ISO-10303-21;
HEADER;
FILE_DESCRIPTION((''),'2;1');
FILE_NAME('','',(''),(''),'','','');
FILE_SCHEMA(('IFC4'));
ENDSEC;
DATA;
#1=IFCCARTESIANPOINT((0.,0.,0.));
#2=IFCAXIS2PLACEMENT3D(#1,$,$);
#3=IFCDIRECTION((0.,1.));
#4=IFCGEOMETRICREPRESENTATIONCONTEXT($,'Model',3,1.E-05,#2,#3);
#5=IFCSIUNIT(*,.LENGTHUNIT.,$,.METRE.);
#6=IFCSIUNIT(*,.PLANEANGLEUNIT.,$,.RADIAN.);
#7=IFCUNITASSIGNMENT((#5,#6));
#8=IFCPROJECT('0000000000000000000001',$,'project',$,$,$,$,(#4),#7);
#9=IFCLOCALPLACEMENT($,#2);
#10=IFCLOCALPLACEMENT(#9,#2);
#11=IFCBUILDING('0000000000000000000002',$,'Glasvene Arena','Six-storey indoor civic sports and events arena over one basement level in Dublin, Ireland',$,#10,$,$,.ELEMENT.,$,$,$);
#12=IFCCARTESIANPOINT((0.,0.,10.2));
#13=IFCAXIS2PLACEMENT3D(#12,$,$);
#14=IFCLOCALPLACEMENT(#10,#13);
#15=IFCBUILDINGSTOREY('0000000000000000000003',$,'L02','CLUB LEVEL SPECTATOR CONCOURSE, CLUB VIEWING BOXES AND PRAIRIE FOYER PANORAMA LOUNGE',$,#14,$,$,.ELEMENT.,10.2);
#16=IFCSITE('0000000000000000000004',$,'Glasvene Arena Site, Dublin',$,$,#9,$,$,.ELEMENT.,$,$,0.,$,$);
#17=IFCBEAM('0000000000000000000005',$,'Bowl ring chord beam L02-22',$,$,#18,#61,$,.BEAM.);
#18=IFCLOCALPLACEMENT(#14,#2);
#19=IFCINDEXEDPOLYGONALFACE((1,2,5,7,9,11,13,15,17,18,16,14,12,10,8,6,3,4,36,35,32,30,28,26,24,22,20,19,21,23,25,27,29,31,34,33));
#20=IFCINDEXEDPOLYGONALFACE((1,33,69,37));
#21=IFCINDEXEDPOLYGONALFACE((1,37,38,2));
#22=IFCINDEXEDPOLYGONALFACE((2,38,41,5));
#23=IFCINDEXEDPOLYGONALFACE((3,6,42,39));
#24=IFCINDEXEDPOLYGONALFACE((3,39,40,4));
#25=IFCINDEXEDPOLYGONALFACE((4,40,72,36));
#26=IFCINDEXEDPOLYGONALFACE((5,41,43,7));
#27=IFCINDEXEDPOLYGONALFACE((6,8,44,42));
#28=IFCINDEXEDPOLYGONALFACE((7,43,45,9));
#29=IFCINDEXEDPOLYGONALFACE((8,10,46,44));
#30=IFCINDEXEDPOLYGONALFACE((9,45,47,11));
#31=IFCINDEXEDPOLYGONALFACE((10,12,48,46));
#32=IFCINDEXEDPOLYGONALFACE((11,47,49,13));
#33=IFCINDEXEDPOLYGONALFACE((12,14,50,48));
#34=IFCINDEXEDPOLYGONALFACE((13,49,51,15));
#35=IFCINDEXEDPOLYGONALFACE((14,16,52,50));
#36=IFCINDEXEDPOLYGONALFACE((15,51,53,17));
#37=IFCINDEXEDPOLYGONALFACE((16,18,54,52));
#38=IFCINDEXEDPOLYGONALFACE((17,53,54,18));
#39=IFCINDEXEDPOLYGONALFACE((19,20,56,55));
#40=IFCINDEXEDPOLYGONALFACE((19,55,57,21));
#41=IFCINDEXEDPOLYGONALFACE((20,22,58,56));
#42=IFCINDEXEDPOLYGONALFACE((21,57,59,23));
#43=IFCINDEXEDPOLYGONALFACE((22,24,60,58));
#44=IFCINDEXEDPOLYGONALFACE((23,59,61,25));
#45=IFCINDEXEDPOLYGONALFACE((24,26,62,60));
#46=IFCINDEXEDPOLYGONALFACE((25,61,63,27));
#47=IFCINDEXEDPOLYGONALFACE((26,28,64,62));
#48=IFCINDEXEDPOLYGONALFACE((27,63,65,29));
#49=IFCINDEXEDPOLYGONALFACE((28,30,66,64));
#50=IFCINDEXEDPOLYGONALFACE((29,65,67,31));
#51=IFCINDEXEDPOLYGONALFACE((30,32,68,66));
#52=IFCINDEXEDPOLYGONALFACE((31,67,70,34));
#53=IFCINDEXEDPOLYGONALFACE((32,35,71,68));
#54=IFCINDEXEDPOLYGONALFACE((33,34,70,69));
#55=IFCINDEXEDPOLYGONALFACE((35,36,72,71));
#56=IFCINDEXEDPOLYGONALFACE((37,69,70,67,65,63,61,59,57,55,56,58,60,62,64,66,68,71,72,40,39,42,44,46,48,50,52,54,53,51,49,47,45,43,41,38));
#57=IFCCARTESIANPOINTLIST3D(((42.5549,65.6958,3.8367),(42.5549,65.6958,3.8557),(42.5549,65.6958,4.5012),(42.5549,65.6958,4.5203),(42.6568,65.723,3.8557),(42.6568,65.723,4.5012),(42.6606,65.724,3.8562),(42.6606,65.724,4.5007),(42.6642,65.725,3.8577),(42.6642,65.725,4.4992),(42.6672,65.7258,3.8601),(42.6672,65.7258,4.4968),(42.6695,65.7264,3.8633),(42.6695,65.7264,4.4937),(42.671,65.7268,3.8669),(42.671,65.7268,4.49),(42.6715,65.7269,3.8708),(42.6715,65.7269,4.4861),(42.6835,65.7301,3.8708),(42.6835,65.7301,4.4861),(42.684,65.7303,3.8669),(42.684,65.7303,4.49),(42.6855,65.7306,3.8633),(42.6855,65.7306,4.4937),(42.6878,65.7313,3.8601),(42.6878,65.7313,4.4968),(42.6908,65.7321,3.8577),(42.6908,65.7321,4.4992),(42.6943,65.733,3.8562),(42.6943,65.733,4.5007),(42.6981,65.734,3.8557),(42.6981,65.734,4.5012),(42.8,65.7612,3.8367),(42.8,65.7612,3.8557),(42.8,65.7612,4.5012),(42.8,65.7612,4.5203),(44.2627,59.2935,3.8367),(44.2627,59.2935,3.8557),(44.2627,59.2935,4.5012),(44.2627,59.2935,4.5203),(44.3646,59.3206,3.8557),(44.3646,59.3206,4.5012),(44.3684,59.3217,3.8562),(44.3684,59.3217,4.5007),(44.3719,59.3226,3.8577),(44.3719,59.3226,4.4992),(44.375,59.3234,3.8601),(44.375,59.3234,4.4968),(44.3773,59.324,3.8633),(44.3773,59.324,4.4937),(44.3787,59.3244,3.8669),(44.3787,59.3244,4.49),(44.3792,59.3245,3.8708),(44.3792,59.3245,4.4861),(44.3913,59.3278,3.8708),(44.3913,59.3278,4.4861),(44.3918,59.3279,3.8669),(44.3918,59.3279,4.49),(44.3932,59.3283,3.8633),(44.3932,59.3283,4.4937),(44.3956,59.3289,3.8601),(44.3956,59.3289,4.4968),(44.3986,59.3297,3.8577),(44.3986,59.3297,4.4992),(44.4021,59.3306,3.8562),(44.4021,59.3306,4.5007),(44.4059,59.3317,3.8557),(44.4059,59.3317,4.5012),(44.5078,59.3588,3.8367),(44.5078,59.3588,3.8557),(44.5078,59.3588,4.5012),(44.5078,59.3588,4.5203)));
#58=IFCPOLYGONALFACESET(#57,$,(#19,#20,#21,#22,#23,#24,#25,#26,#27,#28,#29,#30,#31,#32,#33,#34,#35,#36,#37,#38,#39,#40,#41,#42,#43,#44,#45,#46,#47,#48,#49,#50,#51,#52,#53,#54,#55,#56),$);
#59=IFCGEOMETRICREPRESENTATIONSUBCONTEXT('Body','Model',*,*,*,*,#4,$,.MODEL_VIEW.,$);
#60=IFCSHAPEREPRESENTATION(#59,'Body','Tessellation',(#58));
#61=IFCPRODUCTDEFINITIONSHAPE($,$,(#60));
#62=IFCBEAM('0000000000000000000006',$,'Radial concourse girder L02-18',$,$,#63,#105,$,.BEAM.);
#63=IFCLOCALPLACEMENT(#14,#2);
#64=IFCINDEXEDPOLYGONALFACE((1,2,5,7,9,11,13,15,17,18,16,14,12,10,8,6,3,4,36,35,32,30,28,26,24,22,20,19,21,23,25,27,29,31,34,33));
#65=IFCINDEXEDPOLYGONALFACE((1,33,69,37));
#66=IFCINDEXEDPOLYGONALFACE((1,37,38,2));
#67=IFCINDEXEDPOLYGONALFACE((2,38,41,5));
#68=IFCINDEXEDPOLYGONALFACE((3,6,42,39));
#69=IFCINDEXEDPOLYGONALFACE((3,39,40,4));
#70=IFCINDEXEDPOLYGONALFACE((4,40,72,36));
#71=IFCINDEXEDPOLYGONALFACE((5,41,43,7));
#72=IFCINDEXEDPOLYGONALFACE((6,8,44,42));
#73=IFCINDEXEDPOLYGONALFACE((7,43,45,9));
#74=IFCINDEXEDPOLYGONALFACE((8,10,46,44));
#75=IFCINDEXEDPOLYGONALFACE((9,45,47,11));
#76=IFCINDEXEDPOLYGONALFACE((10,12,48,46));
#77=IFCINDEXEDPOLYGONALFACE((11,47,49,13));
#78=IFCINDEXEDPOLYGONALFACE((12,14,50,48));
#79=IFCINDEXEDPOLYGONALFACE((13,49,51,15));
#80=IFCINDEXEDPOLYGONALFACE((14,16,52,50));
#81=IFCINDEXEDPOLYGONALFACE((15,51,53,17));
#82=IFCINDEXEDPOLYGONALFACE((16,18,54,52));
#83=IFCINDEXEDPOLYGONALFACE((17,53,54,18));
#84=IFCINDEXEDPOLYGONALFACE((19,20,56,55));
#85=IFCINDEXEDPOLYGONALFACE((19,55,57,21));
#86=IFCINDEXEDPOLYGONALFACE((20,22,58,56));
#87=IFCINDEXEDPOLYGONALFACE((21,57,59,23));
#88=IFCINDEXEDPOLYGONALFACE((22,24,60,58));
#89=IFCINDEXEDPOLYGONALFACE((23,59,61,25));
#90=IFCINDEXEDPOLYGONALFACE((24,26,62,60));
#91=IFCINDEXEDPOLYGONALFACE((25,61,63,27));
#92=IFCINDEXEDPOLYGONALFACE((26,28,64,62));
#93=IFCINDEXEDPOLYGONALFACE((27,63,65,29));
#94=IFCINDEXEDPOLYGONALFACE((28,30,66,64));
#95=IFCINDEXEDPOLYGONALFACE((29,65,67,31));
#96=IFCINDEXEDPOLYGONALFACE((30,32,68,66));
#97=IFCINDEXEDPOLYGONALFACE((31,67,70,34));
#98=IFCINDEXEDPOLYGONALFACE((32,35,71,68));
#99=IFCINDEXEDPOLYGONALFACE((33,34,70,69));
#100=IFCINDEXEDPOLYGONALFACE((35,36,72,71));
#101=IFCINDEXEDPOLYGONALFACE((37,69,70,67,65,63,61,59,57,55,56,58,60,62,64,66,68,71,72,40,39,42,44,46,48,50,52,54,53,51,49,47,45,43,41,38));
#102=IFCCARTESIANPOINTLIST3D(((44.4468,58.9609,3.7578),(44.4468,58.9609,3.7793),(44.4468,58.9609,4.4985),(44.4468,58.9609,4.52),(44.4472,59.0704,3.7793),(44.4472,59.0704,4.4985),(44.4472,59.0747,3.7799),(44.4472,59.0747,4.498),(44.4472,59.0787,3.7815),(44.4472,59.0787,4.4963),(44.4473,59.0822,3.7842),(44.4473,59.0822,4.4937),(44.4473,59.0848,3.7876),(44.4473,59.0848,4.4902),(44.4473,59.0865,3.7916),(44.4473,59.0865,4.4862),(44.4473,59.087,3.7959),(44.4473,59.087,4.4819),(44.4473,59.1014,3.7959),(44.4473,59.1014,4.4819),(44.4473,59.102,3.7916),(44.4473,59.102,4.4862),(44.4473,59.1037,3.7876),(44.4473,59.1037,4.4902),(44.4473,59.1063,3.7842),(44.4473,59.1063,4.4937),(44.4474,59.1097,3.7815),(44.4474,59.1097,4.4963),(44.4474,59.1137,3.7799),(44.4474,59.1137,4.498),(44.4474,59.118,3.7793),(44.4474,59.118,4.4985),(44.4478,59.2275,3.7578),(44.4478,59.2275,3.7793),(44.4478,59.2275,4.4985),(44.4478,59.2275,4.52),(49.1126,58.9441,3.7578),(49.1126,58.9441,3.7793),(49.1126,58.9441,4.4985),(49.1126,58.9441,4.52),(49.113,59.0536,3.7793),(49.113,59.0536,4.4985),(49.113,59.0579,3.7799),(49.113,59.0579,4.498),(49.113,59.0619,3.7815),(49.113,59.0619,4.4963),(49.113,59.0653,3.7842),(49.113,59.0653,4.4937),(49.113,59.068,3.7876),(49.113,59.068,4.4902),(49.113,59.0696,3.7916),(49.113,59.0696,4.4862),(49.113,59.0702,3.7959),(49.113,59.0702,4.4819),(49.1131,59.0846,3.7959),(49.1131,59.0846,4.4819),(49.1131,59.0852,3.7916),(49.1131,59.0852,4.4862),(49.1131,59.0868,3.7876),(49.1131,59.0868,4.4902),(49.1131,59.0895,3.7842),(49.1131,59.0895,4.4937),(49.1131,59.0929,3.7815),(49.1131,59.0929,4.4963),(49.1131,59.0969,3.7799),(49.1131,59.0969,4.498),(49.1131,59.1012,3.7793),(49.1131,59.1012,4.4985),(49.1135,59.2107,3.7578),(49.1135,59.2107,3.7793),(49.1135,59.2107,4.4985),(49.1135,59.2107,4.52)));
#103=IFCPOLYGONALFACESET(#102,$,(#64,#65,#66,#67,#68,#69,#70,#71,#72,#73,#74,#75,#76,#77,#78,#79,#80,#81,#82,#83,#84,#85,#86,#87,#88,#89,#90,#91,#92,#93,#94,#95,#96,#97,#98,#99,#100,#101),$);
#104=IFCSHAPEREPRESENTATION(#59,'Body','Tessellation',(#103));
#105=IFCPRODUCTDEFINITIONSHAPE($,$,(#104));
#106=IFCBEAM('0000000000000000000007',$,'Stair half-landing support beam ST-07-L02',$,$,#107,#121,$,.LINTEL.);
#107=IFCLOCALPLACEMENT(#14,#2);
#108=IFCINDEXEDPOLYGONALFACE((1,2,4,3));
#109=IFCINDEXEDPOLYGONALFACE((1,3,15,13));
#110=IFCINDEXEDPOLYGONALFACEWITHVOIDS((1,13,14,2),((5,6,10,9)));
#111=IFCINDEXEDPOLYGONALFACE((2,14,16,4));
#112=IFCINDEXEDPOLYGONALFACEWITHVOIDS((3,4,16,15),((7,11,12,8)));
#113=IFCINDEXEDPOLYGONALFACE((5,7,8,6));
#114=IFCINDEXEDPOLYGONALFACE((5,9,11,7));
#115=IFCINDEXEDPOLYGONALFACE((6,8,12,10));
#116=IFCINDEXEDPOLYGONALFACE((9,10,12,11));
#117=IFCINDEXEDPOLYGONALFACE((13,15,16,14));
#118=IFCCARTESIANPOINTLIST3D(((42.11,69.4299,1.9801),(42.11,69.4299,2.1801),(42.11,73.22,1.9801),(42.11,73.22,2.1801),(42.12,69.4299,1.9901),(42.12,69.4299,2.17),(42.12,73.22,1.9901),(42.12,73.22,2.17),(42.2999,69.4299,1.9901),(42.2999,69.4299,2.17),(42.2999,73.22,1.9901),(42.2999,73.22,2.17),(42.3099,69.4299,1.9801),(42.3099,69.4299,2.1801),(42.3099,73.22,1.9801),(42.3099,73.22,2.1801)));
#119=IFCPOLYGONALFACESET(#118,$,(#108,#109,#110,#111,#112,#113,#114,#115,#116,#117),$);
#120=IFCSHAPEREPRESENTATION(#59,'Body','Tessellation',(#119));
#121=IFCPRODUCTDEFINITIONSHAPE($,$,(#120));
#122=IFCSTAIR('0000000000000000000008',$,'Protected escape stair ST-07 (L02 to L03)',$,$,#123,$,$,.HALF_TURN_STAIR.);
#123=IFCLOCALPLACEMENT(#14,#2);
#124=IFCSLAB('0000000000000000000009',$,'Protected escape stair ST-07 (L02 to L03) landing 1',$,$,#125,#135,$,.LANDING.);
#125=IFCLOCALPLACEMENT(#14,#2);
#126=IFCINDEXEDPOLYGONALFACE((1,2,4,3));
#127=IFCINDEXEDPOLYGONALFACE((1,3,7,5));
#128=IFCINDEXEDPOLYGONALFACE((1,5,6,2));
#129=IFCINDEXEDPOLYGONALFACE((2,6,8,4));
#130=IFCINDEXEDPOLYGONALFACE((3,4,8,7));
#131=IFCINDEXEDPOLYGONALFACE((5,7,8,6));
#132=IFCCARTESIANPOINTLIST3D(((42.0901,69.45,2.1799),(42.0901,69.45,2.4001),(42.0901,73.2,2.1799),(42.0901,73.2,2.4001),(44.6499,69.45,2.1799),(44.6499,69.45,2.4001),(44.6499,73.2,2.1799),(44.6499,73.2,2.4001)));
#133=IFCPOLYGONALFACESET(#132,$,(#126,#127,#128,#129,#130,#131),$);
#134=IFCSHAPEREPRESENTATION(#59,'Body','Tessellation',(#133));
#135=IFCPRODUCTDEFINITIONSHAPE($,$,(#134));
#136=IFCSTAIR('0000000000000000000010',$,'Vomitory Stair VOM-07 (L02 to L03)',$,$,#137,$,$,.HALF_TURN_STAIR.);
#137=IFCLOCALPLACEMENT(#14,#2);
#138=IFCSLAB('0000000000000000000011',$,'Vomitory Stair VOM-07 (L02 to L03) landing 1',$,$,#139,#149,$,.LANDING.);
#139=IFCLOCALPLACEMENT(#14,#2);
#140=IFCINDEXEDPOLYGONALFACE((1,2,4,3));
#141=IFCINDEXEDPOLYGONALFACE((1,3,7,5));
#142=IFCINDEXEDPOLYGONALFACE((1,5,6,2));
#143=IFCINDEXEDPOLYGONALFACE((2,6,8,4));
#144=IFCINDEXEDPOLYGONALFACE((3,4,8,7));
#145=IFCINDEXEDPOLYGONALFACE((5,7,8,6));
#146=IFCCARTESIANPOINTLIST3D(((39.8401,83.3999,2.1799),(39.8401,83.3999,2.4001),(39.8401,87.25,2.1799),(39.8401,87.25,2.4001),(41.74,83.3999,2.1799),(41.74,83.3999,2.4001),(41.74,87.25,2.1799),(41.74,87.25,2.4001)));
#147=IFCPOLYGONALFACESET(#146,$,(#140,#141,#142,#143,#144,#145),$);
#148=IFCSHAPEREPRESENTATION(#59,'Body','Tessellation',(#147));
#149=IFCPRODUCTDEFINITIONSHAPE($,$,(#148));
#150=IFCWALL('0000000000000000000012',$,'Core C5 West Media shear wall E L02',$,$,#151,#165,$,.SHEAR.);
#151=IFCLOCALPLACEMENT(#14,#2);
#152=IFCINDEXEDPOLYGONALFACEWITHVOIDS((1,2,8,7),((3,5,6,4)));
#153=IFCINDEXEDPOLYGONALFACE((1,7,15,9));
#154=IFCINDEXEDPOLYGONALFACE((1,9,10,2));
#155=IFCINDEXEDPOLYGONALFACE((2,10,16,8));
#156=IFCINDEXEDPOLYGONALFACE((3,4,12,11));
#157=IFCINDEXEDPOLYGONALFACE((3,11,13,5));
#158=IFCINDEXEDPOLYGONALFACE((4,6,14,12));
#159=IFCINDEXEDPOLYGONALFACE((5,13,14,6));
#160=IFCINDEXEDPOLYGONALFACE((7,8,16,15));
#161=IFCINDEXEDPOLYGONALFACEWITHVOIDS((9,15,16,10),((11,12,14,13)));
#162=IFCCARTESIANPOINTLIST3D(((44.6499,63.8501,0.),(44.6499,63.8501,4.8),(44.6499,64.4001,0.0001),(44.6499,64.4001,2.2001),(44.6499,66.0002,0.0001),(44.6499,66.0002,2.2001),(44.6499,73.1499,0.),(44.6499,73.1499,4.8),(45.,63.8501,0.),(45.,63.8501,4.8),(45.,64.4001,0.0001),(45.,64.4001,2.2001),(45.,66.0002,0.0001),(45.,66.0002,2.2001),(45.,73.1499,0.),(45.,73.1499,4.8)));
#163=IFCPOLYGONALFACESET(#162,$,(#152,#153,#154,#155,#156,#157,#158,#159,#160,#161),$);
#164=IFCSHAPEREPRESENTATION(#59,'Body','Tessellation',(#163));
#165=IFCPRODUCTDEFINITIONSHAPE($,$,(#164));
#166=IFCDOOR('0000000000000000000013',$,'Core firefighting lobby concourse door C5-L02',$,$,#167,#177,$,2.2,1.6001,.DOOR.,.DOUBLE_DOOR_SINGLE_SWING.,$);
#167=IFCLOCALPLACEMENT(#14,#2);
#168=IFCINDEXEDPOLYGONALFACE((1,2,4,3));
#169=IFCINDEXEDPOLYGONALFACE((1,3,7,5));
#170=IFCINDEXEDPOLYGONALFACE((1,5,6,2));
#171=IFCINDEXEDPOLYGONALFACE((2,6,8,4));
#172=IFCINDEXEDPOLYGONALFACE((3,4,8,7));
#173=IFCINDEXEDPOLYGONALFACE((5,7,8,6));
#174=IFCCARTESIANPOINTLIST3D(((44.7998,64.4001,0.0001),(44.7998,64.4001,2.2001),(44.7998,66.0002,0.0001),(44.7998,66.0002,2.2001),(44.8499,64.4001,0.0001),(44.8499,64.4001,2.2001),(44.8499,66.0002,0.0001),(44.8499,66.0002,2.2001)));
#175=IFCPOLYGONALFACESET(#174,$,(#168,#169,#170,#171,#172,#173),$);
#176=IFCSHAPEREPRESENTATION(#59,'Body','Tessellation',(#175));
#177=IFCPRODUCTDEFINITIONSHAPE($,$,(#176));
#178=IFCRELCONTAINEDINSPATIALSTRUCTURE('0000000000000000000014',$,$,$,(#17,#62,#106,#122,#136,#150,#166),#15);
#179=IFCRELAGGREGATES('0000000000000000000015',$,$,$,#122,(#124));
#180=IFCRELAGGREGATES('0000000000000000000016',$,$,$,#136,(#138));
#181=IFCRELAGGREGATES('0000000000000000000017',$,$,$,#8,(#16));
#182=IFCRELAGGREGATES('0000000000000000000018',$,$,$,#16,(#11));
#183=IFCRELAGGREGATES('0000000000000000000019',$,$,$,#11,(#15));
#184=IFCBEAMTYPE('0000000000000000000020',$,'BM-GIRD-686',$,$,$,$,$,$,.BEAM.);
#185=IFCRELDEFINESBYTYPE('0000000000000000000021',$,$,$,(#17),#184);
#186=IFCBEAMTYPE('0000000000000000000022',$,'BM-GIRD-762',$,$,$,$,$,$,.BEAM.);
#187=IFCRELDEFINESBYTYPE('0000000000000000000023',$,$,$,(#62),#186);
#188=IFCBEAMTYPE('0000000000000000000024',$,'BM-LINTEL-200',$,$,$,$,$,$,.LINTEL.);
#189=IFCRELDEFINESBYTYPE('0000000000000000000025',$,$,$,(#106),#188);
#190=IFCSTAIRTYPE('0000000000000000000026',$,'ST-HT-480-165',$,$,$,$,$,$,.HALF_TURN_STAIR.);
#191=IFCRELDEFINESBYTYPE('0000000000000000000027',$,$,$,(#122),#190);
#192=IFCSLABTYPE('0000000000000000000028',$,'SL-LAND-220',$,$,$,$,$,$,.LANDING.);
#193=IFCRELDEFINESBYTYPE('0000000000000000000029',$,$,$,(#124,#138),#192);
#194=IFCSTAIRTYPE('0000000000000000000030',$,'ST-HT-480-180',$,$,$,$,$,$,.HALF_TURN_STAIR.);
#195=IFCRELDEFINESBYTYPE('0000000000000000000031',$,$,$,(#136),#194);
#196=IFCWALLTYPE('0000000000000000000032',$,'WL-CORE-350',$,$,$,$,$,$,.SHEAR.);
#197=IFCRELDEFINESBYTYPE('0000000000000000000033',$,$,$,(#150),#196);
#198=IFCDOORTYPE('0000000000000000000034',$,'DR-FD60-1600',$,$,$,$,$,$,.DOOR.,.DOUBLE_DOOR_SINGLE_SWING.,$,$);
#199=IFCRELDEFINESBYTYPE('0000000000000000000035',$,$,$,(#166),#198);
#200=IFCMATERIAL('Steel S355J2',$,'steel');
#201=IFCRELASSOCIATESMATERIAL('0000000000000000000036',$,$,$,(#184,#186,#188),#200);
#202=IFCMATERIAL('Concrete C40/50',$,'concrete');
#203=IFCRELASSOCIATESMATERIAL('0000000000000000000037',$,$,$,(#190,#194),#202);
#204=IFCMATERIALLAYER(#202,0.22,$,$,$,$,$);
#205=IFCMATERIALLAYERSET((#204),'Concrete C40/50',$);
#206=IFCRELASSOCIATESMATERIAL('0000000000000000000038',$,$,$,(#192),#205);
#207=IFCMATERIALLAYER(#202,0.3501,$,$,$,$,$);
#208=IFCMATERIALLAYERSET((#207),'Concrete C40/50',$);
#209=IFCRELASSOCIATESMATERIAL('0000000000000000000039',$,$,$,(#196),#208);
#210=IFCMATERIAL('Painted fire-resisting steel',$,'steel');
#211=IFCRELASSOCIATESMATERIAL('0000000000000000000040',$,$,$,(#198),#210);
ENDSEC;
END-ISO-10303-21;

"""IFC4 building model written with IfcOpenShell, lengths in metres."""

from ifc_helpers import new_model, si_unit, direction, frame, frame_2d, origin, origin_2d, place, context, subcontext, project, spatial, polyline, rectangle, hollow_rectangle, i_section, outline, extrude, material, layer, layer_set, material_profile, profile_set, type_object, element, fill, aggregate, save


model = new_model("IFC4")

# Units and contexts
model_context = context("Model", 3, precision=1e-05, world=origin(), true_north=direction((0.0, 1.0)))
body_context = subcontext(model_context, "Body", "Model", "MODEL_VIEW")
ifc_project = project(units=[si_unit("LENGTHUNIT", "METRE"), si_unit("PLANEANGLEUNIT", "RADIAN")], contexts=[model_context])

# Site, building, storey
site_placement = place(None, origin())
site = spatial("IfcSite", under=ifc_project, at=site_placement, Name="Glasvene Arena Site, Dublin", CompositionType="ELEMENT", RefElevation=0.0)
building_placement = place(site_placement, origin())
building = spatial("IfcBuilding", under=site, at=building_placement, Name="Glasvene Arena", Description="Six-storey indoor civic sports and events arena over one basement level in Dublin, Ireland", CompositionType="ELEMENT")
storey_placement = place(building_placement, frame((0.0, 0.0, 10.2)))
storey = spatial("IfcBuildingStorey", under=building, at=storey_placement, Name="L02", Description="CLUB LEVEL SPECTATOR CONCOURSE, CLUB VIEWING BOXES AND PRAIRIE FOYER PANORAMA LOUNGE", CompositionType="ELEMENT", Elevation=10.2)

# Shared definitions
ifc_material_1 = material(Name="Steel S355J2", Category="steel")

# Beams
ifc_material_profile_1 = material_profile(ifc_material_1, i_section(OverallWidth=0.2537, OverallDepth=0.6836, WebThickness=0.0125, FlangeThickness=0.019, FilletRadius=0.0151, at=origin_2d()), Name="UKB 686x254x140")
ifc_profile_set_1 = profile_set([ifc_material_profile_1], Name="Steel S355J2")
beam_type_1 = type_object("IfcBeamType", Name="BM-GIRD-686", PredefinedType="BEAM", material=ifc_profile_set_1)
beam_1_placement = place(storey_placement, frame((42.6775, 65.7285, 4.1785), z_axis=(0.257729, -0.966217, 0.0), x_axis=(0.966217, 0.257729, 0.0)))
element("IfcBeam", 1, at=beam_1_placement, inside=storey, type_object=beam_type_1, Name="Bowl ring chord beam L02-22", PredefinedType="BEAM", context=body_context, shape_type="SweptSolid", body=[
    extrude(i_section(OverallWidth=0.2537, OverallDepth=0.6836, WebThickness=0.0125, FlangeThickness=0.019, FilletRadius=0.0151, at=origin_2d()), origin(), (0.0, 0.0, 1.0), 6.6262),
])
ifc_material_profile_2 = material_profile(ifc_material_1, i_section(OverallWidth=0.2666, OverallDepth=0.7622, WebThickness=0.0144, FlangeThickness=0.0215, FilletRadius=0.0166, at=origin_2d()), Name="UKB 762x267x173")
ifc_profile_set_2 = profile_set([ifc_material_profile_2], Name="Steel S355J2")
beam_type_2 = type_object("IfcBeamType", Name="BM-GIRD-762", PredefinedType="BEAM", material=ifc_profile_set_2)
beam_2_placement = place(storey_placement, frame((49.113, 59.0774, 4.1389), z_axis=(-0.999993, 0.00361, 0.0), x_axis=(-0.00361, -0.999993, 0.0)))
element("IfcBeam", 2, at=beam_2_placement, inside=storey, type_object=beam_type_2, Name="Radial concourse girder L02-18", PredefinedType="BEAM", context=body_context, shape_type="SweptSolid", body=[
    extrude(i_section(OverallWidth=0.2666, OverallDepth=0.7622, WebThickness=0.0144, FlangeThickness=0.0215, FilletRadius=0.0166, at=origin_2d()), origin(), (0.0, 0.0, 1.0), 4.6658),
])
ifc_material_profile_3 = material_profile(ifc_material_1, hollow_rectangle(XDim=0.2, YDim=0.2, WallThickness=0.01, at=origin_2d()), Name="SHS 200x200x10.0")
ifc_profile_set_3 = profile_set([ifc_material_profile_3], Name="Steel S355J2")
beam_type_3 = type_object("IfcBeamType", Name="BM-LINTEL-200", PredefinedType="LINTEL", material=ifc_profile_set_3)
beam_3_placement = place(storey_placement, frame((42.21, 69.4299, 2.0801), z_axis=(0.0, 1.0, 0.0), x_axis=(-1.0, 0.0, 0.0)))
element("IfcBeam", 3, at=beam_3_placement, inside=storey, type_object=beam_type_3, Name="Stair half-landing support beam ST-07-L02", PredefinedType="LINTEL", context=body_context, shape_type="SweptSolid", body=[
    extrude(hollow_rectangle(XDim=0.2, YDim=0.2, WallThickness=0.01, at=origin_2d()), origin(), (0.0, 0.0, 1.0), 3.79),
])

# Shared definitions
ifc_material_2 = material(Name="Concrete C40/50", Category="concrete")

# Stairs, slabs
stair_type_1 = type_object("IfcStairType", Name="ST-HT-480-165", PredefinedType="HALF_TURN_STAIR", material=ifc_material_2)
stair_1_placement = place(storey_placement, origin())
stair_1 = element("IfcStair", 4, at=stair_1_placement, inside=storey, type_object=stair_type_1, Name="Protected escape stair ST-07 (L02 to L03)", PredefinedType="HALF_TURN_STAIR")
ifc_layer_1 = layer(ifc_material_2, 0.22)
ifc_layer_set_1 = layer_set([ifc_layer_1], Name="Concrete C40/50")
slab_type_1 = type_object("IfcSlabType", Name="SL-LAND-220", PredefinedType="LANDING", material=ifc_layer_set_1)
slab_1_placement = place(storey_placement, frame((43.3701, 71.325, 2.1799)))
slab_1 = element("IfcSlab", 5, at=slab_1_placement, type_object=slab_type_1, Name="Protected escape stair ST-07 (L02 to L03) landing 1", PredefinedType="LANDING", context=body_context, shape_type="SweptSolid", body=[
    extrude(outline(polyline([(-1.28, -1.875), (1.2798, -1.875), (1.2798, 1.875), (-1.28, 1.875), (-1.28, -1.875)])), origin(), (0.0, 0.0, 1.0), 0.2202),
])
stair_type_2 = type_object("IfcStairType", Name="ST-HT-480-180", PredefinedType="HALF_TURN_STAIR", material=ifc_material_2)
stair_2_placement = place(storey_placement, origin())
stair_2 = element("IfcStair", 6, at=stair_2_placement, inside=storey, type_object=stair_type_2, Name="Vomitory Stair VOM-07 (L02 to L03)", PredefinedType="HALF_TURN_STAIR")
slab_2_placement = place(storey_placement, frame((40.79, 85.325, 2.1799)))
slab_2 = element("IfcSlab", 7, at=slab_2_placement, type_object=slab_type_1, Name="Vomitory Stair VOM-07 (L02 to L03) landing 1", PredefinedType="LANDING", context=body_context, shape_type="SweptSolid", body=[
    extrude(outline(polyline([(-0.95, -1.925), (0.95, -1.925), (0.95, 1.925), (-0.95, 1.925), (-0.95, -1.925)])), origin(), (0.0, 0.0, 1.0), 0.2202),
])

# Wall, opening, door
ifc_layer_2 = layer(ifc_material_2, 0.3501)
ifc_layer_set_2 = layer_set([ifc_layer_2], Name="Concrete C40/50")
wall_type_1 = type_object("IfcWallType", Name="WL-CORE-350", PredefinedType="SHEAR", material=ifc_layer_set_2)
wall_1_placement = place(storey_placement, frame((44.825, 63.8501, 0.0), z_axis=(0.0, 0.0, 1.0), x_axis=(0.0, 1.0, 0.0)))
wall_1 = element("IfcWall", 8, at=wall_1_placement, inside=storey, type_object=wall_type_1, Name="Core C5 West Media shear wall E L02", PredefinedType="SHEAR", context=body_context, shape_type="SweptSolid", body=[
    extrude(rectangle(XDim=9.2998, YDim=0.3501, at=frame_2d((4.6499, 0.0))), origin(), (0.0, 0.0, 1.0), 4.8),
])
opening_1_placement = place(wall_1_placement, frame((0.55, 0.0, 0.0)))
opening_1 = element("IfcOpeningElement", 9, at=opening_1_placement, cuts=wall_1, PredefinedType="OPENING", context=body_context, shape_type="SweptSolid", body=[
    extrude(rectangle(XDim=1.6001, YDim=2.2, at=frame_2d((0.8, 1.1001))), frame((0.0, 0.1851, 0.0), z_axis=(0.0, -1.0, 0.0), x_axis=(1.0, 0.0, 0.0)), (0.0, 0.0, 1.0), 0.3701),
])
ifc_material_3 = material(Name="Painted fire-resisting steel", Category="steel")
door_type_1 = type_object("IfcDoorType", Name="DR-FD60-1600", OperationType="DOUBLE_DOOR_SINGLE_SWING", PredefinedType="DOOR", material=ifc_material_3)
door_1_placement = place(opening_1_placement, frame((1.6001, 0.0, 0.0), z_axis=(0.0, 0.0, 1.0), x_axis=(-1.0, 0.0, 0.0)))
door_1 = element("IfcDoor", 10, at=door_1_placement, inside=storey, type_object=door_type_1, Name="Core firefighting lobby concourse door C5-L02", OperationType="DOUBLE_DOOR_SINGLE_SWING", OverallHeight=2.2, OverallWidth=1.6001, PredefinedType="DOOR", context=body_context, shape_type="SweptSolid", body=[
    extrude(rectangle(XDim=1.6001, YDim=2.2, at=frame_2d((0.8, 1.1001))), frame((0.0, 0.0249, 0.0), z_axis=(0.0, -1.0, 0.0), x_axis=(1.0, 0.0, 0.0)), (0.0, 0.0, 1.0), 0.05),
])
fill(opening_1, door_1)

aggregate(stair_1, [slab_1])
aggregate(stair_2, [slab_2])

save(model, "model.ifc")
